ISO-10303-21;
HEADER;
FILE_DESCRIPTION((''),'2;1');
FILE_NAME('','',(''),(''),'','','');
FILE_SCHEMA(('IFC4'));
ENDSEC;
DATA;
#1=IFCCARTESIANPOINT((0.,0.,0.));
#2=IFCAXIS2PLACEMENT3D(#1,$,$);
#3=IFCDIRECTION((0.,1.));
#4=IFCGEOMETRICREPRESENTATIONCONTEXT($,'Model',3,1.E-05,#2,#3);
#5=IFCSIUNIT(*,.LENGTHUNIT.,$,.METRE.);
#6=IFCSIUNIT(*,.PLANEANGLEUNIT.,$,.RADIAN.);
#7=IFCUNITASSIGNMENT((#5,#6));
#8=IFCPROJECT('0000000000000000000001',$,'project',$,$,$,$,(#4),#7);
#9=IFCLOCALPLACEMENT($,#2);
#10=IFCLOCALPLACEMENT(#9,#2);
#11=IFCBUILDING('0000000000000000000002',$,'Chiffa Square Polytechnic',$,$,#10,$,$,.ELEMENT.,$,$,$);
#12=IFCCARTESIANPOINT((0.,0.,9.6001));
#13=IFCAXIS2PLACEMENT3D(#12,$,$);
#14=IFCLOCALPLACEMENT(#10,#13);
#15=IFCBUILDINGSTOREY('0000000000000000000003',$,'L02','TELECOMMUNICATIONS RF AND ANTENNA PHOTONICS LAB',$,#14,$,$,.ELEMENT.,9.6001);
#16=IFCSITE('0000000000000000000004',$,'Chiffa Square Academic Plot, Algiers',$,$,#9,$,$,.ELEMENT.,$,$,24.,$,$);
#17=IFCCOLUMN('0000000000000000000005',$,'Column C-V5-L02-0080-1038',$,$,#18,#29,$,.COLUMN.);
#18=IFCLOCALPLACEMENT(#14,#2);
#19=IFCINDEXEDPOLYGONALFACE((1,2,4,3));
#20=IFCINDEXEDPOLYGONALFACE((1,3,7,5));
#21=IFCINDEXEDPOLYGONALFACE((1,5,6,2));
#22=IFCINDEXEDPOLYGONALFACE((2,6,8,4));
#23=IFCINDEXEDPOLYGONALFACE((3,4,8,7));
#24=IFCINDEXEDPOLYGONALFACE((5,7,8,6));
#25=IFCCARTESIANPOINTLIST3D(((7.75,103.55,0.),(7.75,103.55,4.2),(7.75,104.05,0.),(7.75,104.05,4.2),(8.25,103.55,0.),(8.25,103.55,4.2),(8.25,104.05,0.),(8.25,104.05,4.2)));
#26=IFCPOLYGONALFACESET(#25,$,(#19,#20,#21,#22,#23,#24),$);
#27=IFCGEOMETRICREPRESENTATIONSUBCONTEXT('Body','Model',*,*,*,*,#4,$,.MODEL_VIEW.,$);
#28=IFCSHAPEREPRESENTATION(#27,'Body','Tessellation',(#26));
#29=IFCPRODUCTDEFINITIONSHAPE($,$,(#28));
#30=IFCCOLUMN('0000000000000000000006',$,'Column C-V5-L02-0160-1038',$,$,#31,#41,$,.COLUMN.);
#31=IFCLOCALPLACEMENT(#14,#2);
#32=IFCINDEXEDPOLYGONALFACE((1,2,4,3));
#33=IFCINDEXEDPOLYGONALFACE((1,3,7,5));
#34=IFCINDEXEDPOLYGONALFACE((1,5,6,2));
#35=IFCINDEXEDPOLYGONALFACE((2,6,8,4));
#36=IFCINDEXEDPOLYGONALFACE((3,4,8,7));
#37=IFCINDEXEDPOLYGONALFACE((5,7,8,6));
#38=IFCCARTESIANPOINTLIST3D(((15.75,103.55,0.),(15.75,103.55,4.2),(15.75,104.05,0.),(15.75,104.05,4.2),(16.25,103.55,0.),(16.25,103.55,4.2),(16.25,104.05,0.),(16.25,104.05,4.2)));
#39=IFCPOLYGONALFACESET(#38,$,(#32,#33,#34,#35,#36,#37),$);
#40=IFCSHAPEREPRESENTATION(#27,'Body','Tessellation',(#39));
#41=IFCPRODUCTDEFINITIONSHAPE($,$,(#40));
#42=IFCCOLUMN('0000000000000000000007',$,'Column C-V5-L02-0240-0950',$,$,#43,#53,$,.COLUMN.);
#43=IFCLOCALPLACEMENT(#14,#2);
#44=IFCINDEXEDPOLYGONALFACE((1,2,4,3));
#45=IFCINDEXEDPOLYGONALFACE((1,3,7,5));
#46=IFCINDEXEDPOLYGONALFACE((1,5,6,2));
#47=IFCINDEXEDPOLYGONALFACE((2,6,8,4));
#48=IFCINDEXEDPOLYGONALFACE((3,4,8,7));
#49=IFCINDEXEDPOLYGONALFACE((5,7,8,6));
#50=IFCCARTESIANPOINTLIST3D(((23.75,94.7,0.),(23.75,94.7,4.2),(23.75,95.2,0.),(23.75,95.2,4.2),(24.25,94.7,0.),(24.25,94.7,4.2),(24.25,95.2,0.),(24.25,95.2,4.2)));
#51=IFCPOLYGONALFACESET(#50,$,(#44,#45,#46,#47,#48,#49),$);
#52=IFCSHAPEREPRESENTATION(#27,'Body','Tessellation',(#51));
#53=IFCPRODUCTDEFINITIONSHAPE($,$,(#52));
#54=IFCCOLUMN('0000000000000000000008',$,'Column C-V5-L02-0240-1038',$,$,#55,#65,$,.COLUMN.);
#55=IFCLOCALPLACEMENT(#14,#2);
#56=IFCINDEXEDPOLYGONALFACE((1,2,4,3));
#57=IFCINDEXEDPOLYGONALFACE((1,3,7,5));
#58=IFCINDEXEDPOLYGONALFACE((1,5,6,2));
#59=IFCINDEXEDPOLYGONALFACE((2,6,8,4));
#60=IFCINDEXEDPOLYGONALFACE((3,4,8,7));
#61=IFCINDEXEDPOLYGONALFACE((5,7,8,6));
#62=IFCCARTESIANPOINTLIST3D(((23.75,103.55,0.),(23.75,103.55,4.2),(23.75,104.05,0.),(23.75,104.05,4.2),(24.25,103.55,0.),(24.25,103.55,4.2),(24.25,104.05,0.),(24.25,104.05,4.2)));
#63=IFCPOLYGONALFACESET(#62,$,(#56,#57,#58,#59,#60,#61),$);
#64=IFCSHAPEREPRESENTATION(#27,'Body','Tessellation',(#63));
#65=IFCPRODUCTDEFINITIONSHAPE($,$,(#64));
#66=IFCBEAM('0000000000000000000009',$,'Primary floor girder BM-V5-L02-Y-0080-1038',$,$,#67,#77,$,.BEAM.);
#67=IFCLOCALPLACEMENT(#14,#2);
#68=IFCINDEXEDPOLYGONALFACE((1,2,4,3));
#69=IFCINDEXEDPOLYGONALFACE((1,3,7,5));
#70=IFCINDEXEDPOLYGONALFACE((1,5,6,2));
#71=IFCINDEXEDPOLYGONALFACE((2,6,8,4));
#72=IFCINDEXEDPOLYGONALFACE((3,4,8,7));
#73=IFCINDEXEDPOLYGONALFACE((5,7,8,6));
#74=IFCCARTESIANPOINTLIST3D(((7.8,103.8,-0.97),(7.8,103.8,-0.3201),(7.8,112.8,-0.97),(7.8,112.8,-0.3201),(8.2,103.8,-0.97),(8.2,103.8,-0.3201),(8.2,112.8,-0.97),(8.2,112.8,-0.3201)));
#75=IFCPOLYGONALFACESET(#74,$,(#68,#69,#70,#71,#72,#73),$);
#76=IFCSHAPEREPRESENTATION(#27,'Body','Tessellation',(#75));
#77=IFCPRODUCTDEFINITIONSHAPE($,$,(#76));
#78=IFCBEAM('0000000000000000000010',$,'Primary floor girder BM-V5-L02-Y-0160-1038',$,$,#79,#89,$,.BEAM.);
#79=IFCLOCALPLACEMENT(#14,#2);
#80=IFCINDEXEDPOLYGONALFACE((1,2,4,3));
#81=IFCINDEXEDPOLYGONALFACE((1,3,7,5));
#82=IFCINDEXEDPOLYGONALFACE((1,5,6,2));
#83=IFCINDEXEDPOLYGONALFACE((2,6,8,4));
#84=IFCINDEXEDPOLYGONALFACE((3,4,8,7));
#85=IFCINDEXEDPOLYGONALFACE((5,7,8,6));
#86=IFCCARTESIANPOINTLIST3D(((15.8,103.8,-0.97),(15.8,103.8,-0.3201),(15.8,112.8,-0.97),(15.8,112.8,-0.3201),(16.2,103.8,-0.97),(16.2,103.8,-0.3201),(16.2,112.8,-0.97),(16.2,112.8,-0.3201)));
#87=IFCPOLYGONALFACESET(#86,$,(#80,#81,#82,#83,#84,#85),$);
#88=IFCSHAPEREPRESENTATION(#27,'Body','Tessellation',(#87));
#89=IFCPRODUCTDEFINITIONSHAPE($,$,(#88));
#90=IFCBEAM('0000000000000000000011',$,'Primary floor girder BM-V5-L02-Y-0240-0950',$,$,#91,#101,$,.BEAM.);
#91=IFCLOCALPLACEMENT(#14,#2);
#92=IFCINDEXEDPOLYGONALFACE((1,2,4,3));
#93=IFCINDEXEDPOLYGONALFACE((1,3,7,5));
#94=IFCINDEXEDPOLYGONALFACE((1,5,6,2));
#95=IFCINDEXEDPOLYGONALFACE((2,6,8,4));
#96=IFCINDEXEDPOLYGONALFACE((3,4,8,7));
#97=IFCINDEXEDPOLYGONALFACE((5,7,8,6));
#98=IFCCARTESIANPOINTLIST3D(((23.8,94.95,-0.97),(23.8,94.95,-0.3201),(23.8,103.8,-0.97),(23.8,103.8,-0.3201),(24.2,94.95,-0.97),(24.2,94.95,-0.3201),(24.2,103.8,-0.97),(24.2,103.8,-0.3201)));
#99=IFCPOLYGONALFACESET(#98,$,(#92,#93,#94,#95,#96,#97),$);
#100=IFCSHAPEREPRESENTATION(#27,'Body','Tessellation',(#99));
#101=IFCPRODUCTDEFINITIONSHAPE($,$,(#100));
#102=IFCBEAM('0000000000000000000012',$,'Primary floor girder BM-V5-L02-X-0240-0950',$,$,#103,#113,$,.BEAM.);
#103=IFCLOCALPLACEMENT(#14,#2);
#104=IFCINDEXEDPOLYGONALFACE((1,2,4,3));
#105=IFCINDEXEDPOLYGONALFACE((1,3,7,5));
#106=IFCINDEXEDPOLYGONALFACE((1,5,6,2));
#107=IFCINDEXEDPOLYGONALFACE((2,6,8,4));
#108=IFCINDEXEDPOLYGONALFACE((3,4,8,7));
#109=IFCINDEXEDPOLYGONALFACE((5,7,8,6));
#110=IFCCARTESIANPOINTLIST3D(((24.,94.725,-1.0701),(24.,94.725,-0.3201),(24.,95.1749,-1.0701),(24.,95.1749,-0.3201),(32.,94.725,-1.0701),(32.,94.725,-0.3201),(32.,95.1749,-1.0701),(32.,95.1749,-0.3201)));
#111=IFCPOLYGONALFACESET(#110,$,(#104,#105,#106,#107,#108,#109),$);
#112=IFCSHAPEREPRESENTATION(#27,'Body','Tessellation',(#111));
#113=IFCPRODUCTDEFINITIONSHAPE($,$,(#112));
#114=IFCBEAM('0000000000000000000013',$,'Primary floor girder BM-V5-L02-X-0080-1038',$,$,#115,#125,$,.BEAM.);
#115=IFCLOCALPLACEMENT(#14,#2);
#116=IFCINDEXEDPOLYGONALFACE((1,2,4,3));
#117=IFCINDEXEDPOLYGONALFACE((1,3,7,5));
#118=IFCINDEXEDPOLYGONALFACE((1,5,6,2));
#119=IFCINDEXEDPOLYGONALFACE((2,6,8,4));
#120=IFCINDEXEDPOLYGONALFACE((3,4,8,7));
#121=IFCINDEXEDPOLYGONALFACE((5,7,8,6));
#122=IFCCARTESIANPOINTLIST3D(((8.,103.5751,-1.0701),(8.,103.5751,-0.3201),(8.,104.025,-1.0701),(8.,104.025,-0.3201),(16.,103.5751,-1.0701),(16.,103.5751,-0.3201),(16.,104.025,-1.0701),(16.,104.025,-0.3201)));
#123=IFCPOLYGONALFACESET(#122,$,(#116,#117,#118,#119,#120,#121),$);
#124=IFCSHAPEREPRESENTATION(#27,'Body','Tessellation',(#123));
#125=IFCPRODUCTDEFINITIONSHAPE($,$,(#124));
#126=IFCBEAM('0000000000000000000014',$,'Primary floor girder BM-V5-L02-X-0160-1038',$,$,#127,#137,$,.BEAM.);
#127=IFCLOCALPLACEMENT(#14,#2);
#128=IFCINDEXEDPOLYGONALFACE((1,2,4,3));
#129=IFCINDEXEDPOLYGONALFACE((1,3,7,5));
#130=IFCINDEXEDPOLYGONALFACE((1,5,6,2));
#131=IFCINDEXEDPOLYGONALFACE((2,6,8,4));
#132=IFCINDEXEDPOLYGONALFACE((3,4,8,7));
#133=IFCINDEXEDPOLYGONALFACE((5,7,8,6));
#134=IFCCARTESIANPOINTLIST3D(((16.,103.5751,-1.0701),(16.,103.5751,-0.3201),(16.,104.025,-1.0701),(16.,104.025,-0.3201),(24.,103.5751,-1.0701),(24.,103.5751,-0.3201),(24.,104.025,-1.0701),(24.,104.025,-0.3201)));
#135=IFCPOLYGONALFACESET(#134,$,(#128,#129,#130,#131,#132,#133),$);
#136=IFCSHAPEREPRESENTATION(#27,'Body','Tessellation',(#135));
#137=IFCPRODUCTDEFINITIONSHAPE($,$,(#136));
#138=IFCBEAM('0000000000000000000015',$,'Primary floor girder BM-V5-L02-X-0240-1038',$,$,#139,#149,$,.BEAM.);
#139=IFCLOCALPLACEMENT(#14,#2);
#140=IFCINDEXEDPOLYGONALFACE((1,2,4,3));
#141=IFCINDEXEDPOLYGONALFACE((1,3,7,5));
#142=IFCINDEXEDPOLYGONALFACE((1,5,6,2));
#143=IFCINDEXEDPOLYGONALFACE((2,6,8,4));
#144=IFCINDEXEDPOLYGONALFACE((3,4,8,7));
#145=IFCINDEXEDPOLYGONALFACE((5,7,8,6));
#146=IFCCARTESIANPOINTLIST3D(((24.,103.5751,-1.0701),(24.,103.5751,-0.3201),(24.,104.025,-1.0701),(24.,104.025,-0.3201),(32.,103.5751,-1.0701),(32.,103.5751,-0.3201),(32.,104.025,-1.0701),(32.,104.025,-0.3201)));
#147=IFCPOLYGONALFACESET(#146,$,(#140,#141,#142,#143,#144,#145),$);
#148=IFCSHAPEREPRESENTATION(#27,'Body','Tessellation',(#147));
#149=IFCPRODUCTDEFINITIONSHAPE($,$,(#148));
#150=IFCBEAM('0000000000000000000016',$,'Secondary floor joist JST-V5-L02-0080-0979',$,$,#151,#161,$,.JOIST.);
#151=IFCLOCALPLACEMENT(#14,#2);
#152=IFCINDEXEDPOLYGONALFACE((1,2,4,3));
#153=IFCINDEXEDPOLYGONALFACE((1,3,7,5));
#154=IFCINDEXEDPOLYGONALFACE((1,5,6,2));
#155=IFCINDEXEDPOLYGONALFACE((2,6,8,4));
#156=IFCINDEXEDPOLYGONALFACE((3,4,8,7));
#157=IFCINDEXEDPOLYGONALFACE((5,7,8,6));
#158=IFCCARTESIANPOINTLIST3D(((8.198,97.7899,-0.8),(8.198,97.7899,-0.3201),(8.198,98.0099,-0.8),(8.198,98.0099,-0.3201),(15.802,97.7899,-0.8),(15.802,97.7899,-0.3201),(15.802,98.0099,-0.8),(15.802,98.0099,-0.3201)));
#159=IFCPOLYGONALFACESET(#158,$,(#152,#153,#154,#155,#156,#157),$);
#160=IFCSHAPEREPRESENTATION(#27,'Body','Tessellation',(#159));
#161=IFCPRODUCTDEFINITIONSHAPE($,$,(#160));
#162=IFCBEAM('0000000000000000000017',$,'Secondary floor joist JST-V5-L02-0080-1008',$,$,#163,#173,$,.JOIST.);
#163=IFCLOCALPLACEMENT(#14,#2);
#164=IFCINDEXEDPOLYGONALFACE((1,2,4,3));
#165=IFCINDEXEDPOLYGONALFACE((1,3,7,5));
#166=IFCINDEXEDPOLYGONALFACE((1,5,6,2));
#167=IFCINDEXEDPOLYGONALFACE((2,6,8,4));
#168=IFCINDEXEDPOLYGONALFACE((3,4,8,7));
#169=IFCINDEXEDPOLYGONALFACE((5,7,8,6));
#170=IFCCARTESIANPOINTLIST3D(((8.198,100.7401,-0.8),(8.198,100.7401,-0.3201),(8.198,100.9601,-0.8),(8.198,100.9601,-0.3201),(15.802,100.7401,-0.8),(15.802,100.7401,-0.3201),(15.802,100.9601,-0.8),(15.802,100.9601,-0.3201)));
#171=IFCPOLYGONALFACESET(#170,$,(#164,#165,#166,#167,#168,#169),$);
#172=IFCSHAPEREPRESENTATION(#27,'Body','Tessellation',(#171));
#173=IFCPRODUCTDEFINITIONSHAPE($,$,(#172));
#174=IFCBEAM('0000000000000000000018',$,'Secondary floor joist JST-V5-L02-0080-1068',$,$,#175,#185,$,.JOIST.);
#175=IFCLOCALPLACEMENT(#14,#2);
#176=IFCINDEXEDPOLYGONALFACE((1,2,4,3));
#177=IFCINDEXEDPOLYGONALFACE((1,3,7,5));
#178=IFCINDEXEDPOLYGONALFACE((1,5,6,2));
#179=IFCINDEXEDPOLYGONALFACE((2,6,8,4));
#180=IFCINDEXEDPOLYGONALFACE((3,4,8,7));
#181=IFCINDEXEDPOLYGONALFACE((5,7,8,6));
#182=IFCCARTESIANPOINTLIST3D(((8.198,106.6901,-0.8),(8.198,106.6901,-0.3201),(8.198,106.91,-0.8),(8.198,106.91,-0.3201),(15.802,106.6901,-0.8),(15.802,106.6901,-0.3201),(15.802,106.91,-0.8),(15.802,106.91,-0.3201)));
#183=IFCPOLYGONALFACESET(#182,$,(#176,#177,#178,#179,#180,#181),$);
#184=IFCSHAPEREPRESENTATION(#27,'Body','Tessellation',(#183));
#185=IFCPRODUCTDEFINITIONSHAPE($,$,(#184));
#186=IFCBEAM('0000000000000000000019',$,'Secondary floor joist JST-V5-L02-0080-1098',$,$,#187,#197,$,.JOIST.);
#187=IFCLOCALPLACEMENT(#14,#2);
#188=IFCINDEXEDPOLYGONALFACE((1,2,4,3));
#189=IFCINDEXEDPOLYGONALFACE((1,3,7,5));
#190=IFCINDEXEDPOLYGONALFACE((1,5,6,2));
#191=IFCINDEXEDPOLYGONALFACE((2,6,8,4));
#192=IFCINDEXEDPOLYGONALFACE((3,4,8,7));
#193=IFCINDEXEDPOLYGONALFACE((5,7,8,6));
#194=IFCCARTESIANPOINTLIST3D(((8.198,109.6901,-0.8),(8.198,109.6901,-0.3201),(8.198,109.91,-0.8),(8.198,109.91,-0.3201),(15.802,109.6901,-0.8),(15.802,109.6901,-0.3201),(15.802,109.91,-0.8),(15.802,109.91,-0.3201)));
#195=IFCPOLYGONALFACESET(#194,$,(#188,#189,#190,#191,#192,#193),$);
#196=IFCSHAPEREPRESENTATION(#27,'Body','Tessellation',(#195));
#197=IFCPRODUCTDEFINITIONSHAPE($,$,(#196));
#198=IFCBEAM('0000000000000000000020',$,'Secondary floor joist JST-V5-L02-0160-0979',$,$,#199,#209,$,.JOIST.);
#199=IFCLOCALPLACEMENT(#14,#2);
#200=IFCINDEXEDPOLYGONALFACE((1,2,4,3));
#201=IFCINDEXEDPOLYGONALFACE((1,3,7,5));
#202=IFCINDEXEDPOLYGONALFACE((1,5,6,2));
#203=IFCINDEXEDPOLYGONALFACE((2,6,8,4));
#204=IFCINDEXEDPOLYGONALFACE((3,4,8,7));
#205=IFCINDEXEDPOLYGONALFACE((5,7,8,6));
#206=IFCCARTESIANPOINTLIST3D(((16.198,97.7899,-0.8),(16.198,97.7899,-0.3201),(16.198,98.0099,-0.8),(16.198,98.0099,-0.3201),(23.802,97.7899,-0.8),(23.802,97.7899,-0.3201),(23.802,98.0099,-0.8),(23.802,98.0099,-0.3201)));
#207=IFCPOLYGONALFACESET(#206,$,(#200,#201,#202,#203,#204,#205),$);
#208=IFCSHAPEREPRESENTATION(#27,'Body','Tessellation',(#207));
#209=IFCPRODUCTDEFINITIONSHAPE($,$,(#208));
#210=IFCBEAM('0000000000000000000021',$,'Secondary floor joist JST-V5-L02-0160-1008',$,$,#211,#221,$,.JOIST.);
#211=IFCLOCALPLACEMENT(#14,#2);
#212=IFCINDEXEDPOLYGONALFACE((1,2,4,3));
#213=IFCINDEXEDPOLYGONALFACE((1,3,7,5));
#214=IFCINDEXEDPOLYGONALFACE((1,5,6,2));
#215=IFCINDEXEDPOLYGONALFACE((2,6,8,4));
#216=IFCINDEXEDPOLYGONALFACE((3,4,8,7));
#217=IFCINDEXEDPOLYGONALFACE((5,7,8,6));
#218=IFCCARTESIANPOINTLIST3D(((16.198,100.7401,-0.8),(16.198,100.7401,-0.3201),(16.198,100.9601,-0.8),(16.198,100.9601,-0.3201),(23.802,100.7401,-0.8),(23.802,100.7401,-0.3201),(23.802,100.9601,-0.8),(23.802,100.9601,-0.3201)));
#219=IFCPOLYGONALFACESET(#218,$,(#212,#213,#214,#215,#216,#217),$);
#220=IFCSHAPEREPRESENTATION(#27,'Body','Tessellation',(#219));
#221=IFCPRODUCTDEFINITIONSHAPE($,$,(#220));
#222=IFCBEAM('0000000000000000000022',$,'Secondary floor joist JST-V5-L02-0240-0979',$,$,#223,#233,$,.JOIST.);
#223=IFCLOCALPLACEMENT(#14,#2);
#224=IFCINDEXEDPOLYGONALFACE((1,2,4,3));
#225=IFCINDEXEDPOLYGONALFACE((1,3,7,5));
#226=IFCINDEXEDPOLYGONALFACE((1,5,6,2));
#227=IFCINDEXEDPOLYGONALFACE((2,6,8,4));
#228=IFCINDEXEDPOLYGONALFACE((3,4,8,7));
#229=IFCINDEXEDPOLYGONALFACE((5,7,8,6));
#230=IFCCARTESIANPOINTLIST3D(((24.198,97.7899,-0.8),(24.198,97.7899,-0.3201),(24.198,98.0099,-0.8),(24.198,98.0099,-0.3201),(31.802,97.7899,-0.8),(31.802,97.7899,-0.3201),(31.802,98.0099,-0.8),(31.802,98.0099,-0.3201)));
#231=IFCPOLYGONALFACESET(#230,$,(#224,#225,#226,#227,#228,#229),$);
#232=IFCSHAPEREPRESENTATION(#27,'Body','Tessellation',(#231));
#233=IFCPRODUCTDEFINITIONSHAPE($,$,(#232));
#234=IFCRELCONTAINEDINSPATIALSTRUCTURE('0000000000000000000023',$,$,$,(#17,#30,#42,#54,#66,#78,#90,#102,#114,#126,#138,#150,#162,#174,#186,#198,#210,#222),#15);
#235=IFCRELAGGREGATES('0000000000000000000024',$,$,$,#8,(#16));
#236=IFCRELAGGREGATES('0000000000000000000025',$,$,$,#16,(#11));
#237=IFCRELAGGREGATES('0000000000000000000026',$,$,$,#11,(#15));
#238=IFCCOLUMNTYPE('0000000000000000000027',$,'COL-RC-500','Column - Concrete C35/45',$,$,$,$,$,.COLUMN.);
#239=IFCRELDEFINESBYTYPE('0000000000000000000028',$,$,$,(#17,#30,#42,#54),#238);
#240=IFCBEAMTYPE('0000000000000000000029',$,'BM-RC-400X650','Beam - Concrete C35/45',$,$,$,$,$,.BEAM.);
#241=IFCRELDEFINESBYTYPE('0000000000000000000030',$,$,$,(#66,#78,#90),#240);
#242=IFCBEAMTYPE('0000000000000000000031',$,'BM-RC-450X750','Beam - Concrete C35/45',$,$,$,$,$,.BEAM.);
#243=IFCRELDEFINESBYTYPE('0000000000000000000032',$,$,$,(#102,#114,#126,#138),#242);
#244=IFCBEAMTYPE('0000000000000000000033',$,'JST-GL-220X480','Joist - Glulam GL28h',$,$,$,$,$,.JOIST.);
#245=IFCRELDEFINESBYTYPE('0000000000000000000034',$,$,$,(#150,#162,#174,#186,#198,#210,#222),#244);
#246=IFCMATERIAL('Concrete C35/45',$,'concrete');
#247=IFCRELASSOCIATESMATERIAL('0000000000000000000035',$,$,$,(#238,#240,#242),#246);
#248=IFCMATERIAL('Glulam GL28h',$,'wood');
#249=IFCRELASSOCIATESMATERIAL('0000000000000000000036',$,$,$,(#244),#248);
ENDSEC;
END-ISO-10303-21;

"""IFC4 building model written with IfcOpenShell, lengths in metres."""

from ifc_helpers import new_model, si_unit, direction, frame, origin, origin_2d, place, context, subcontext, project, spatial, rectangle, extrude, material, material_profile, profile_set, type_object, element, save


model = new_model("IFC4")

# Units and contexts
model_context = context("Model", 3, precision=1e-05, world=origin(), true_north=direction((0.0, 1.0)))
body_context = subcontext(model_context, "Body", "Model", "MODEL_VIEW")
ifc_project = project(units=[si_unit("LENGTHUNIT", "METRE"), si_unit("PLANEANGLEUNIT", "RADIAN")], contexts=[model_context])

# Site, building, storey
site_placement = place(None, origin())
site = spatial("IfcSite", under=ifc_project, at=site_placement, Name="Chiffa Square Academic Plot, Algiers", CompositionType="ELEMENT", RefElevation=24.0)
building_placement = place(site_placement, origin())
building = spatial("IfcBuilding", under=site, at=building_placement, Name="Chiffa Square Polytechnic", CompositionType="ELEMENT")
storey_placement = place(building_placement, frame((0.0, 0.0, 9.6001)))
storey = spatial("IfcBuildingStorey", under=building, at=storey_placement, Name="L02", Description="TELECOMMUNICATIONS RF AND ANTENNA PHOTONICS LAB", CompositionType="ELEMENT", Elevation=9.6001)

# Columns
ifc_material_1 = material(Name="Concrete C35/45", Category="concrete")
ifc_material_profile_1 = material_profile(ifc_material_1, rectangle(XDim=0.5, YDim=0.5, at=origin_2d()), Name="RC 500x500")
ifc_profile_set_1 = profile_set([ifc_material_profile_1], Name="Concrete C35/45")
column_type = type_object("IfcColumnType", Name="COL-RC-500", Description="Column - Concrete C35/45", PredefinedType="COLUMN", material=ifc_profile_set_1)
for number, where, z_axis, x_axis, name in (
    (1, (8.0, 103.8, 0.0), (0.0, 0.0, 1.0), (1.0, 0.0, 0.0), "Column C-V5-L02-0080-1038"),
    (2, (16.0, 103.8, 0.0), (0.0, 0.0, 1.0), (1.0, 0.0, 0.0), "Column C-V5-L02-0160-1038"),
    (3, (24.0, 94.95, 0.0), (0.0, 0.0, 1.0), (1.0, 0.0, 0.0), "Column C-V5-L02-0240-0950"),
    (4, (24.0, 103.8, 0.0), (0.0, 0.0, 1.0), (1.0, 0.0, 0.0), "Column C-V5-L02-0240-1038"),
):
    element("IfcColumn", number, at=place(storey_placement, frame(where, z_axis=z_axis, x_axis=x_axis)), inside=storey, type_object=column_type, Name=name, PredefinedType="COLUMN", context=body_context, shape_type="SweptSolid", body=[
        extrude(rectangle(XDim=0.5, YDim=0.5, at=origin_2d()), origin(), (0.0, 0.0, 1.0), 4.2),
    ])

# Beams
ifc_material_profile_2 = material_profile(ifc_material_1, rectangle(XDim=0.3999, YDim=0.6499, at=origin_2d()), Name="RC 400x650")
ifc_profile_set_2 = profile_set([ifc_material_profile_2], Name="Concrete C35/45")
beam_type_1 = type_object("IfcBeamType", Name="BM-RC-400X650", Description="Beam - Concrete C35/45", PredefinedType="BEAM", material=ifc_profile_set_2)
for number, where, z_axis, x_axis, name in (
    (5, (8.0, 103.8, -0.645), (0.0, 1.0, 0.0), (-1.0, 0.0, 0.0), "Primary floor girder BM-V5-L02-Y-0080-1038"),
    (6, (16.0, 103.8, -0.645), (0.0, 1.0, 0.0), (-1.0, 0.0, 0.0), "Primary floor girder BM-V5-L02-Y-0160-1038"),
):
    element("IfcBeam", number, at=place(storey_placement, frame(where, z_axis=z_axis, x_axis=x_axis)), inside=storey, type_object=beam_type_1, Name=name, PredefinedType="BEAM", context=body_context, shape_type="SweptSolid", body=[
        extrude(rectangle(XDim=0.3999, YDim=0.6499, at=origin_2d()), origin(), (0.0, 0.0, 1.0), 9.0),
    ])
beam_placement = place(storey_placement, frame((24.0, 94.95, -0.645), z_axis=(0.0, 1.0, 0.0), x_axis=(-1.0, 0.0, 0.0)))
element("IfcBeam", 7, at=beam_placement, inside=storey, type_object=beam_type_1, Name="Primary floor girder BM-V5-L02-Y-0240-0950", PredefinedType="BEAM", context=body_context, shape_type="SweptSolid", body=[
    extrude(rectangle(XDim=0.3999, YDim=0.6499, at=origin_2d()), origin(), (0.0, 0.0, 1.0), 8.8501),
])
ifc_material_profile_3 = material_profile(ifc_material_1, rectangle(XDim=0.45, YDim=0.75, at=origin_2d()), Name="RC 450x750")
ifc_profile_set_3 = profile_set([ifc_material_profile_3], Name="Concrete C35/45")
beam_type_2 = type_object("IfcBeamType", Name="BM-RC-450X750", Description="Beam - Concrete C35/45", PredefinedType="BEAM", material=ifc_profile_set_3)
for number, where, z_axis, x_axis, name in (
    (8, (24.0, 94.95, -0.6951), (1.0, 0.0, 0.0), (0.0, 1.0, 0.0), "Primary floor girder BM-V5-L02-X-0240-0950"),
    (9, (8.0, 103.8, -0.6951), (1.0, 0.0, 0.0), (0.0, 1.0, 0.0), "Primary floor girder BM-V5-L02-X-0080-1038"),
    (10, (16.0, 103.8, -0.6951), (1.0, 0.0, 0.0), (0.0, 1.0, 0.0), "Primary floor girder BM-V5-L02-X-0160-1038"),
    (11, (24.0, 103.8, -0.6951), (1.0, 0.0, 0.0), (0.0, 1.0, 0.0), "Primary floor girder BM-V5-L02-X-0240-1038"),
):
    element("IfcBeam", number, at=place(storey_placement, frame(where, z_axis=z_axis, x_axis=x_axis)), inside=storey, type_object=beam_type_2, Name=name, PredefinedType="BEAM", context=body_context, shape_type="SweptSolid", body=[
        extrude(rectangle(XDim=0.45, YDim=0.75, at=origin_2d()), origin(), (0.0, 0.0, 1.0), 8.0),
    ])
ifc_material_2 = material(Name="Glulam GL28h", Category="wood")
ifc_material_profile_4 = material_profile(ifc_material_2, rectangle(XDim=0.22, YDim=0.48, at=origin_2d()), Name="GL28h 220x480")
ifc_profile_set_4 = profile_set([ifc_material_profile_4], Name="Glulam GL28h")
beam_type_3 = type_object("IfcBeamType", Name="JST-GL-220X480", Description="Joist - Glulam GL28h", PredefinedType="JOIST", material=ifc_profile_set_4)
for number, where, z_axis, x_axis, name in (
    (12, (8.198, 97.8999, -0.5601), (1.0, 0.0, 0.0), (0.0, 1.0, 0.0), "Secondary floor joist JST-V5-L02-0080-0979"),
    (13, (8.198, 100.8501, -0.5601), (1.0, 0.0, 0.0), (0.0, 1.0, 0.0), "Secondary floor joist JST-V5-L02-0080-1008"),
    (14, (8.198, 106.8, -0.5601), (1.0, 0.0, 0.0), (0.0, 1.0, 0.0), "Secondary floor joist JST-V5-L02-0080-1068"),
    (15, (8.198, 109.8, -0.5601), (1.0, 0.0, 0.0), (0.0, 1.0, 0.0), "Secondary floor joist JST-V5-L02-0080-1098"),
    (16, (16.198, 97.8999, -0.5601), (1.0, 0.0, 0.0), (0.0, 1.0, 0.0), "Secondary floor joist JST-V5-L02-0160-0979"),
    (17, (16.198, 100.8501, -0.5601), (1.0, 0.0, 0.0), (0.0, 1.0, 0.0), "Secondary floor joist JST-V5-L02-0160-1008"),
    (18, (24.198, 97.8999, -0.5601), (1.0, 0.0, 0.0), (0.0, 1.0, 0.0), "Secondary floor joist JST-V5-L02-0240-0979"),
):
    element("IfcBeam", number, at=place(storey_placement, frame(where, z_axis=z_axis, x_axis=x_axis)), inside=storey, type_object=beam_type_3, Name=name, PredefinedType="JOIST", context=body_context, shape_type="SweptSolid", body=[
        extrude(rectangle(XDim=0.22, YDim=0.48, at=origin_2d()), origin(), (0.0, 0.0, 1.0), 7.604),
    ])

save(model, "model.ifc")
